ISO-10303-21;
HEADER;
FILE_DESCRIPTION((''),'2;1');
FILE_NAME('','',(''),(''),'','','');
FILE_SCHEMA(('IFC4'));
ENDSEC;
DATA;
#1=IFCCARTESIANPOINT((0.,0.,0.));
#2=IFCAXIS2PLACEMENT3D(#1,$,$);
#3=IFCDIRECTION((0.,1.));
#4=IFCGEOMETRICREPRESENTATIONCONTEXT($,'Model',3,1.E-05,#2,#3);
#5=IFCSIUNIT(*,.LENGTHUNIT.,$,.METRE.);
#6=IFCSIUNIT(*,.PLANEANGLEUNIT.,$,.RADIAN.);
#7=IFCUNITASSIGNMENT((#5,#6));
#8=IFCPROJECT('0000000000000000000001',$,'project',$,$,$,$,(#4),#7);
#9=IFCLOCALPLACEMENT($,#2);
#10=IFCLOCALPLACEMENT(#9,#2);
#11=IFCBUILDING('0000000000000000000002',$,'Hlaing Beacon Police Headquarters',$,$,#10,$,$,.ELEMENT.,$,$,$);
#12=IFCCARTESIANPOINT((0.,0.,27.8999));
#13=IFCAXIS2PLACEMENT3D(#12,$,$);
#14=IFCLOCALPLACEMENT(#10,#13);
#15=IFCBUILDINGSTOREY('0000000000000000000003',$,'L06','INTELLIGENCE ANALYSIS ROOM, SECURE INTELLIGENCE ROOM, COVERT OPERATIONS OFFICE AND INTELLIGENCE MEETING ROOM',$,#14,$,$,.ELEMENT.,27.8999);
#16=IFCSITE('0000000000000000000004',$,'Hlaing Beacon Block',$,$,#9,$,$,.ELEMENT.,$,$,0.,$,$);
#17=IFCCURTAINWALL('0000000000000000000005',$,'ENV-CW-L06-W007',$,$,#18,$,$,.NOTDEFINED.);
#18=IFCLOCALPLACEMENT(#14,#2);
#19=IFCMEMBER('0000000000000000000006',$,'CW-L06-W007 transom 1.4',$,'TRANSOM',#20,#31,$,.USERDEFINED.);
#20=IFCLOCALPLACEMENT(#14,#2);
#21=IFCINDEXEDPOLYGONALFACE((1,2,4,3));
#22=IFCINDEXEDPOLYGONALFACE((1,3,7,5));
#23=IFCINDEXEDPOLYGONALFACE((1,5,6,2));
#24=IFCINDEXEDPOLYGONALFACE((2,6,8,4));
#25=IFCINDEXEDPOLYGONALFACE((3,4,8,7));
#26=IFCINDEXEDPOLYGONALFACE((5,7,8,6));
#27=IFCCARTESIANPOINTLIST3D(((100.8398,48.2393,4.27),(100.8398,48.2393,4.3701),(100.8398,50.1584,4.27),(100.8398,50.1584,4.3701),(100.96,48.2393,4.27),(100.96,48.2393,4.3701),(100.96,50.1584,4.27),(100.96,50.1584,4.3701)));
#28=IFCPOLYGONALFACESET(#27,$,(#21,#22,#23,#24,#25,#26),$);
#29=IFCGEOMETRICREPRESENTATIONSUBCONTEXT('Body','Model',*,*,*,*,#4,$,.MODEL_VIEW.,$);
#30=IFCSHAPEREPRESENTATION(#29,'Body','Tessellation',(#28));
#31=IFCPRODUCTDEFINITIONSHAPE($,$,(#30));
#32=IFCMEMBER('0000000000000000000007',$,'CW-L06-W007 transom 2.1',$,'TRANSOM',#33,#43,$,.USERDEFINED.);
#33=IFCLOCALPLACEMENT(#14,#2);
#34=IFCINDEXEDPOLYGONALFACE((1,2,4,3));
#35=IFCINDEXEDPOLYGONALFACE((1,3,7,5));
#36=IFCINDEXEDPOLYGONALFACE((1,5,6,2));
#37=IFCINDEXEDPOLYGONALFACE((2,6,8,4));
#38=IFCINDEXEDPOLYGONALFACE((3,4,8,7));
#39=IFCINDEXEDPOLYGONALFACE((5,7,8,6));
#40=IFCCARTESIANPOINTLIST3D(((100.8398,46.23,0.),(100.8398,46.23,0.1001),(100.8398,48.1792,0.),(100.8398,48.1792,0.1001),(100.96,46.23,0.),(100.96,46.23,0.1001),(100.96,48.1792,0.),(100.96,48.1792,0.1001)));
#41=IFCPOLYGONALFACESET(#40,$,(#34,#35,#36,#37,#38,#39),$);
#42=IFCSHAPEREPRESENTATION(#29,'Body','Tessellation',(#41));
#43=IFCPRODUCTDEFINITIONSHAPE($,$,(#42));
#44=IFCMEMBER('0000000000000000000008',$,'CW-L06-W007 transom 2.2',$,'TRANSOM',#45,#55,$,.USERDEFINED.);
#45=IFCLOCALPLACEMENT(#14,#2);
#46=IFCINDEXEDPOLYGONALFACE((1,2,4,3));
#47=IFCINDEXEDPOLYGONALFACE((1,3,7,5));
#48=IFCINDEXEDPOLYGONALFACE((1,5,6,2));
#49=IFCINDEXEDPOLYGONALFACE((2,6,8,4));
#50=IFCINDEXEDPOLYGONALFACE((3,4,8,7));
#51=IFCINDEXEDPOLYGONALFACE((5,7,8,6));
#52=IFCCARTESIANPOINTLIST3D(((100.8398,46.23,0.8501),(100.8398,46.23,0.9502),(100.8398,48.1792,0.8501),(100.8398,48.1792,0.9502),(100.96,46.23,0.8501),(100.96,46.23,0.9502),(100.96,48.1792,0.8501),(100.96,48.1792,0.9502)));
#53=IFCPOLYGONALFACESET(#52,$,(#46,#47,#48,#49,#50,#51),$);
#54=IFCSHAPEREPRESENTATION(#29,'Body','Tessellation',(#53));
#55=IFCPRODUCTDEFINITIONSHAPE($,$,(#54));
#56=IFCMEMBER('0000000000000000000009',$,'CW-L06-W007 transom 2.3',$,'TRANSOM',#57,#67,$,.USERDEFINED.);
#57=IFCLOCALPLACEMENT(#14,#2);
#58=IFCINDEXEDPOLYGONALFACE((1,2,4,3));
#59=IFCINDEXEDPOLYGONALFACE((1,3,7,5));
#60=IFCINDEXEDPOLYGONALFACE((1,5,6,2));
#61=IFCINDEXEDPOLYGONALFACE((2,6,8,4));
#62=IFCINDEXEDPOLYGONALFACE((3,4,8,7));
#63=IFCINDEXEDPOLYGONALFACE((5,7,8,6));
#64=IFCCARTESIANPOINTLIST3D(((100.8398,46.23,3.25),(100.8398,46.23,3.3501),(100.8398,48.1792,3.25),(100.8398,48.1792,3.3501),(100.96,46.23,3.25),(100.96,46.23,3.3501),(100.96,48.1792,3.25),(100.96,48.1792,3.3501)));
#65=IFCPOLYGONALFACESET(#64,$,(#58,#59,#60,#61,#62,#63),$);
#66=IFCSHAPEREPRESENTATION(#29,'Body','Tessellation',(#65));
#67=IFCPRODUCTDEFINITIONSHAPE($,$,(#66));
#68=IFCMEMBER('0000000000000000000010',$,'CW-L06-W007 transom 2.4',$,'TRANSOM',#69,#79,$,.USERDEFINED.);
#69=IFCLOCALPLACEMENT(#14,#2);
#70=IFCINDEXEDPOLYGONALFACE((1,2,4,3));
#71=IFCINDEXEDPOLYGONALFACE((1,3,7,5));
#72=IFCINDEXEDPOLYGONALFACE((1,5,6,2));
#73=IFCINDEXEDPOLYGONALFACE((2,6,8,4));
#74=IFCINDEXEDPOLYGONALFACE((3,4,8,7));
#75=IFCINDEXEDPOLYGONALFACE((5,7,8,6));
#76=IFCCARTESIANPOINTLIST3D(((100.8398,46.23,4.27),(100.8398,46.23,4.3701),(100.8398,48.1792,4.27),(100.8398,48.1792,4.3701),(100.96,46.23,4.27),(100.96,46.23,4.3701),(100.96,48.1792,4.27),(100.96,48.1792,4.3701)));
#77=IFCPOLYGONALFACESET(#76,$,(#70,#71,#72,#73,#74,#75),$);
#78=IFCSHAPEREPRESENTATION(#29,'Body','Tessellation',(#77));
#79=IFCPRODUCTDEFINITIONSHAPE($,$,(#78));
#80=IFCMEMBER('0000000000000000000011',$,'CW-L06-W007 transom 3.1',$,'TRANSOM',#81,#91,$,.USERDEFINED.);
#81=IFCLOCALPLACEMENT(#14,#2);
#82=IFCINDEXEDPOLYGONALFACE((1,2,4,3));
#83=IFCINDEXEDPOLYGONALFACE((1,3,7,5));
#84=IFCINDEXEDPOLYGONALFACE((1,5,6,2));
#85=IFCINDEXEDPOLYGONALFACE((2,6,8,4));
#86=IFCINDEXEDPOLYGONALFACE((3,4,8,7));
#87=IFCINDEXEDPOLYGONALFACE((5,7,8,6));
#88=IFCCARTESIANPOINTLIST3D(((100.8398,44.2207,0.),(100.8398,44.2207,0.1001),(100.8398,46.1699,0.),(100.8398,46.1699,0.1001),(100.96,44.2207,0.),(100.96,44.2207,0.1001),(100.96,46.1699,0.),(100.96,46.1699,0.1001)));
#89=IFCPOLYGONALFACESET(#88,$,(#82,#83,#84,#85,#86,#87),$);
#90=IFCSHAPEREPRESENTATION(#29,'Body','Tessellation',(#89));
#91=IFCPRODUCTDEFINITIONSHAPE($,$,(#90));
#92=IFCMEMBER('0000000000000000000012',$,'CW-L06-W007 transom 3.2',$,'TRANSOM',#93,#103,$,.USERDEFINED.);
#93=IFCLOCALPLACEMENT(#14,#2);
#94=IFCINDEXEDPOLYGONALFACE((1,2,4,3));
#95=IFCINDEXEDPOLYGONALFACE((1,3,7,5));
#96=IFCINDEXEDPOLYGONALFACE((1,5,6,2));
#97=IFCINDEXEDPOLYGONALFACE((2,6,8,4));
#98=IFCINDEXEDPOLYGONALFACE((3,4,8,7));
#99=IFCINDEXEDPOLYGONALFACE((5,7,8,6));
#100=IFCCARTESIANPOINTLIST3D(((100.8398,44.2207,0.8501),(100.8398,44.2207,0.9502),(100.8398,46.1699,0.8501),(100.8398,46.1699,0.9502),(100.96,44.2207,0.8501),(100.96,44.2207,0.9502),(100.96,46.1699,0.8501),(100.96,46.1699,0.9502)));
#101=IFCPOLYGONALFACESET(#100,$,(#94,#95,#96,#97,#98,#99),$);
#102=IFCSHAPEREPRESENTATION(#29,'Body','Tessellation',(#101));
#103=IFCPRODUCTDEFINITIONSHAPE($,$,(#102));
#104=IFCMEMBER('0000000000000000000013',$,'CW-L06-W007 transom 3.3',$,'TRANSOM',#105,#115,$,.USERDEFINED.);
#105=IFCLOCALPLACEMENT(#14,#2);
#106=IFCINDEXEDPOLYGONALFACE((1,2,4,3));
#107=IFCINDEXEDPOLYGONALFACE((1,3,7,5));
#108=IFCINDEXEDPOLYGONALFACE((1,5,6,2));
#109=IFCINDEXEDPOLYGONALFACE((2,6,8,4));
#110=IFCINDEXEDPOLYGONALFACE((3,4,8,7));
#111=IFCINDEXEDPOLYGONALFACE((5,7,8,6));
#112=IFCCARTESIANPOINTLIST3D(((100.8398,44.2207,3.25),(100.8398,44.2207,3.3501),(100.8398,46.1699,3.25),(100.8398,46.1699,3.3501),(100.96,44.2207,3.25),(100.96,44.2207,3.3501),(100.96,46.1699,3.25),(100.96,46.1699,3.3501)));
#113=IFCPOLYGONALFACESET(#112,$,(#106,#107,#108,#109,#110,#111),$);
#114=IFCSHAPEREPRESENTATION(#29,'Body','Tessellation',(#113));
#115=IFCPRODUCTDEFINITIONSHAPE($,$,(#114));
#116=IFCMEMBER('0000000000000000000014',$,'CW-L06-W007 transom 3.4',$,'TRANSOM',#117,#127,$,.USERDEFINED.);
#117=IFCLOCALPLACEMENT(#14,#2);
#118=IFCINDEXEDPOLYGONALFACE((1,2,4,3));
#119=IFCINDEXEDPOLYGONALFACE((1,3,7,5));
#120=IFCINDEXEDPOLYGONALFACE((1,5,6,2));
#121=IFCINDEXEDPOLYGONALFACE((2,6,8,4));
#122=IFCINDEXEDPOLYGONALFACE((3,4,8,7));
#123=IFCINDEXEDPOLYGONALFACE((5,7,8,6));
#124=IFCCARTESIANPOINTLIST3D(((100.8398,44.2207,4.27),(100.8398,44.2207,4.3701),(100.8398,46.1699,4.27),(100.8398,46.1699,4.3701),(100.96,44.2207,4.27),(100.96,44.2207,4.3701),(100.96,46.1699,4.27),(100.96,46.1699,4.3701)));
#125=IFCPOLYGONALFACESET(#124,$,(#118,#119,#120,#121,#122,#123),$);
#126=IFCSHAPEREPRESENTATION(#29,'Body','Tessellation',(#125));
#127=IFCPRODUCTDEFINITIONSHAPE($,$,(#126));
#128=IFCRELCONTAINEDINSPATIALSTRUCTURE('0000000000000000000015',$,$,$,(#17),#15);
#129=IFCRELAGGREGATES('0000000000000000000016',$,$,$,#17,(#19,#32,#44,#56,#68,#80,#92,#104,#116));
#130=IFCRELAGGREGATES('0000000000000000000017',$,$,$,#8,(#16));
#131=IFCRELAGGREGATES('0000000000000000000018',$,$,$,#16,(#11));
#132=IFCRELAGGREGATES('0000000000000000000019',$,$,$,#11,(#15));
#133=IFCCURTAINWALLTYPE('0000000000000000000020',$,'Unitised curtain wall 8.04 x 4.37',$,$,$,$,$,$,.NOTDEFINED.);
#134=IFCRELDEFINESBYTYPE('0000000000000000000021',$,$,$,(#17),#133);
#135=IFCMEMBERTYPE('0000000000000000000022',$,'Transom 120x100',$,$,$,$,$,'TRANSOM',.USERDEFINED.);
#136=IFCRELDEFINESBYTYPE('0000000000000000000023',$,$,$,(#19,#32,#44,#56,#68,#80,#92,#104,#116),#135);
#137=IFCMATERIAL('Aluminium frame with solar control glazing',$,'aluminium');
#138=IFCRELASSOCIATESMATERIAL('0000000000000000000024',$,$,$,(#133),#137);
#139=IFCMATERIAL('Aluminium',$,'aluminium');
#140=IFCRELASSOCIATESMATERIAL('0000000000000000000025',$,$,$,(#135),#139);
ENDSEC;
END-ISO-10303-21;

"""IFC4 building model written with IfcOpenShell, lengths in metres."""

from ifc_helpers import new_model, si_unit, direction, frame, origin, origin_2d, place, context, subcontext, project, spatial, rectangle, extrude, material, material_profile, profile_set, type_object, element, aggregate, save


model = new_model("IFC4")

# Units and contexts
model_context = context("Model", 3, precision=1e-05, world=origin(), true_north=direction((0.0, 1.0)))
body_context = subcontext(model_context, "Body", "Model", "MODEL_VIEW")
ifc_project = project(units=[si_unit("LENGTHUNIT", "METRE"), si_unit("PLANEANGLEUNIT", "RADIAN")], contexts=[model_context])

# Site, building, storey
site_placement = place(None, origin())
site = spatial("IfcSite", under=ifc_project, at=site_placement, Name="Hlaing Beacon Block", CompositionType="ELEMENT", RefElevation=0.0)
building_placement = place(site_placement, origin())
building = spatial("IfcBuilding", under=site, at=building_placement, Name="Hlaing Beacon Police Headquarters", CompositionType="ELEMENT")
storey_placement = place(building_placement, frame((0.0, 0.0, 27.8999)))
storey = spatial("IfcBuildingStorey", under=building, at=storey_placement, Name="L06", Description="INTELLIGENCE ANALYSIS ROOM, SECURE INTELLIGENCE ROOM, COVERT OPERATIONS OFFICE AND INTELLIGENCE MEETING ROOM", CompositionType="ELEMENT", Elevation=27.8999)

# Curtain wall
ifc_material_1 = material(Name="Aluminium frame with solar control glazing", Category="aluminium")
curtain_wall_type = type_object("IfcCurtainWallType", Name="Unitised curtain wall 8.04 x 4.37", PredefinedType="NOTDEFINED", material=ifc_material_1)
curtain_wall_1_placement = place(storey_placement, origin())
curtain_wall_1 = element("IfcCurtainWall", 1, at=curtain_wall_1_placement, inside=storey, type_object=curtain_wall_type, Name="ENV-CW-L06-W007", PredefinedType="NOTDEFINED")

# Members
ifc_material_2 = material(Name="Aluminium", Category="aluminium")
ifc_material_profile_1 = material_profile(ifc_material_2, rectangle(XDim=0.1201, YDim=0.1001, at=origin_2d()), Name="Transom 120x100")
ifc_profile_set_1 = profile_set([ifc_material_profile_1], Name="Aluminium")
member_type_1 = type_object("IfcMemberType", Name="Transom 120x100", ElementType="TRANSOM", PredefinedType="USERDEFINED", material=ifc_profile_set_1)
member_1_placement = place(storey_placement, frame((100.8999, 50.1584, 4.3201), z_axis=(0.0, -1.0, 0.0), x_axis=(1.0, 0.0, 0.0)))
member_1 = element("IfcMember", 2, at=member_1_placement, type_object=member_type_1, Name="CW-L06-W007 transom 1.4", ObjectType="TRANSOM", PredefinedType="USERDEFINED", context=body_context, shape_type="SweptSolid", body=[
    extrude(rectangle(XDim=0.1201, YDim=0.1001, at=origin_2d()), origin(), (0.0, 0.0, 1.0), 1.9192),
])
member_2_placement = place(storey_placement, frame((100.8999, 48.1792, 0.05), z_axis=(0.0, -1.0, 0.0), x_axis=(1.0, 0.0, 0.0)))
member_2 = element("IfcMember", 3, at=member_2_placement, type_object=member_type_1, Name="CW-L06-W007 transom 2.1", ObjectType="TRANSOM", PredefinedType="USERDEFINED", context=body_context, shape_type="SweptSolid", body=[
    extrude(rectangle(XDim=0.1201, YDim=0.1001, at=origin_2d()), origin(), (0.0, 0.0, 1.0), 1.9492),
])
member_3_placement = place(storey_placement, frame((100.8999, 48.1792, 0.9001), z_axis=(0.0, -1.0, 0.0), x_axis=(1.0, 0.0, 0.0)))
member_3 = element("IfcMember", 4, at=member_3_placement, type_object=member_type_1, Name="CW-L06-W007 transom 2.2", ObjectType="TRANSOM", PredefinedType="USERDEFINED", context=body_context, shape_type="SweptSolid", body=[
    extrude(rectangle(XDim=0.1201, YDim=0.1001, at=origin_2d()), origin(), (0.0, 0.0, 1.0), 1.9492),
])
member_4_placement = place(storey_placement, frame((100.8999, 48.1792, 3.3), z_axis=(0.0, -1.0, 0.0), x_axis=(1.0, 0.0, 0.0)))
member_4 = element("IfcMember", 5, at=member_4_placement, type_object=member_type_1, Name="CW-L06-W007 transom 2.3", ObjectType="TRANSOM", PredefinedType="USERDEFINED", context=body_context, shape_type="SweptSolid", body=[
    extrude(rectangle(XDim=0.1201, YDim=0.1001, at=origin_2d()), origin(), (0.0, 0.0, 1.0), 1.9492),
])
member_5_placement = place(storey_placement, frame((100.8999, 48.1792, 4.3201), z_axis=(0.0, -1.0, 0.0), x_axis=(1.0, 0.0, 0.0)))
member_5 = element("IfcMember", 6, at=member_5_placement, type_object=member_type_1, Name="CW-L06-W007 transom 2.4", ObjectType="TRANSOM", PredefinedType="USERDEFINED", context=body_context, shape_type="SweptSolid", body=[
    extrude(rectangle(XDim=0.1201, YDim=0.1001, at=origin_2d()), origin(), (0.0, 0.0, 1.0), 1.9492),
])
member_6_placement = place(storey_placement, frame((100.8999, 46.1699, 0.05), z_axis=(0.0, -1.0, 0.0), x_axis=(1.0, 0.0, 0.0)))
member_6 = element("IfcMember", 7, at=member_6_placement, type_object=member_type_1, Name="CW-L06-W007 transom 3.1", ObjectType="TRANSOM", PredefinedType="USERDEFINED", context=body_context, shape_type="SweptSolid", body=[
    extrude(rectangle(XDim=0.1201, YDim=0.1001, at=origin_2d()), origin(), (0.0, 0.0, 1.0), 1.9492),
])
member_7_placement = place(storey_placement, frame((100.8999, 46.1699, 0.9001), z_axis=(0.0, -1.0, 0.0), x_axis=(1.0, 0.0, 0.0)))
member_7 = element("IfcMember", 8, at=member_7_placement, type_object=member_type_1, Name="CW-L06-W007 transom 3.2", ObjectType="TRANSOM", PredefinedType="USERDEFINED", context=body_context, shape_type="SweptSolid", body=[
    extrude(rectangle(XDim=0.1201, YDim=0.1001, at=origin_2d()), origin(), (0.0, 0.0, 1.0), 1.9492),
])
member_8_placement = place(storey_placement, frame((100.8999, 46.1699, 3.3), z_axis=(0.0, -1.0, 0.0), x_axis=(1.0, 0.0, 0.0)))
member_8 = element("IfcMember", 9, at=member_8_placement, type_object=member_type_1, Name="CW-L06-W007 transom 3.3", ObjectType="TRANSOM", PredefinedType="USERDEFINED", context=body_context, shape_type="SweptSolid", body=[
    extrude(rectangle(XDim=0.1201, YDim=0.1001, at=origin_2d()), origin(), (0.0, 0.0, 1.0), 1.9492),
])
member_9_placement = place(storey_placement, frame((100.8999, 46.1699, 4.3201), z_axis=(0.0, -1.0, 0.0), x_axis=(1.0, 0.0, 0.0)))
member_9 = element("IfcMember", 10, at=member_9_placement, type_object=member_type_1, Name="CW-L06-W007 transom 3.4", ObjectType="TRANSOM", PredefinedType="USERDEFINED", context=body_context, shape_type="SweptSolid", body=[
    extrude(rectangle(XDim=0.1201, YDim=0.1001, at=origin_2d()), origin(), (0.0, 0.0, 1.0), 1.9492),
])
aggregate(curtain_wall_1, [member_1, member_2, member_3, member_4, member_5, member_6, member_7, member_8, member_9])

save(model, "model.ifc")
